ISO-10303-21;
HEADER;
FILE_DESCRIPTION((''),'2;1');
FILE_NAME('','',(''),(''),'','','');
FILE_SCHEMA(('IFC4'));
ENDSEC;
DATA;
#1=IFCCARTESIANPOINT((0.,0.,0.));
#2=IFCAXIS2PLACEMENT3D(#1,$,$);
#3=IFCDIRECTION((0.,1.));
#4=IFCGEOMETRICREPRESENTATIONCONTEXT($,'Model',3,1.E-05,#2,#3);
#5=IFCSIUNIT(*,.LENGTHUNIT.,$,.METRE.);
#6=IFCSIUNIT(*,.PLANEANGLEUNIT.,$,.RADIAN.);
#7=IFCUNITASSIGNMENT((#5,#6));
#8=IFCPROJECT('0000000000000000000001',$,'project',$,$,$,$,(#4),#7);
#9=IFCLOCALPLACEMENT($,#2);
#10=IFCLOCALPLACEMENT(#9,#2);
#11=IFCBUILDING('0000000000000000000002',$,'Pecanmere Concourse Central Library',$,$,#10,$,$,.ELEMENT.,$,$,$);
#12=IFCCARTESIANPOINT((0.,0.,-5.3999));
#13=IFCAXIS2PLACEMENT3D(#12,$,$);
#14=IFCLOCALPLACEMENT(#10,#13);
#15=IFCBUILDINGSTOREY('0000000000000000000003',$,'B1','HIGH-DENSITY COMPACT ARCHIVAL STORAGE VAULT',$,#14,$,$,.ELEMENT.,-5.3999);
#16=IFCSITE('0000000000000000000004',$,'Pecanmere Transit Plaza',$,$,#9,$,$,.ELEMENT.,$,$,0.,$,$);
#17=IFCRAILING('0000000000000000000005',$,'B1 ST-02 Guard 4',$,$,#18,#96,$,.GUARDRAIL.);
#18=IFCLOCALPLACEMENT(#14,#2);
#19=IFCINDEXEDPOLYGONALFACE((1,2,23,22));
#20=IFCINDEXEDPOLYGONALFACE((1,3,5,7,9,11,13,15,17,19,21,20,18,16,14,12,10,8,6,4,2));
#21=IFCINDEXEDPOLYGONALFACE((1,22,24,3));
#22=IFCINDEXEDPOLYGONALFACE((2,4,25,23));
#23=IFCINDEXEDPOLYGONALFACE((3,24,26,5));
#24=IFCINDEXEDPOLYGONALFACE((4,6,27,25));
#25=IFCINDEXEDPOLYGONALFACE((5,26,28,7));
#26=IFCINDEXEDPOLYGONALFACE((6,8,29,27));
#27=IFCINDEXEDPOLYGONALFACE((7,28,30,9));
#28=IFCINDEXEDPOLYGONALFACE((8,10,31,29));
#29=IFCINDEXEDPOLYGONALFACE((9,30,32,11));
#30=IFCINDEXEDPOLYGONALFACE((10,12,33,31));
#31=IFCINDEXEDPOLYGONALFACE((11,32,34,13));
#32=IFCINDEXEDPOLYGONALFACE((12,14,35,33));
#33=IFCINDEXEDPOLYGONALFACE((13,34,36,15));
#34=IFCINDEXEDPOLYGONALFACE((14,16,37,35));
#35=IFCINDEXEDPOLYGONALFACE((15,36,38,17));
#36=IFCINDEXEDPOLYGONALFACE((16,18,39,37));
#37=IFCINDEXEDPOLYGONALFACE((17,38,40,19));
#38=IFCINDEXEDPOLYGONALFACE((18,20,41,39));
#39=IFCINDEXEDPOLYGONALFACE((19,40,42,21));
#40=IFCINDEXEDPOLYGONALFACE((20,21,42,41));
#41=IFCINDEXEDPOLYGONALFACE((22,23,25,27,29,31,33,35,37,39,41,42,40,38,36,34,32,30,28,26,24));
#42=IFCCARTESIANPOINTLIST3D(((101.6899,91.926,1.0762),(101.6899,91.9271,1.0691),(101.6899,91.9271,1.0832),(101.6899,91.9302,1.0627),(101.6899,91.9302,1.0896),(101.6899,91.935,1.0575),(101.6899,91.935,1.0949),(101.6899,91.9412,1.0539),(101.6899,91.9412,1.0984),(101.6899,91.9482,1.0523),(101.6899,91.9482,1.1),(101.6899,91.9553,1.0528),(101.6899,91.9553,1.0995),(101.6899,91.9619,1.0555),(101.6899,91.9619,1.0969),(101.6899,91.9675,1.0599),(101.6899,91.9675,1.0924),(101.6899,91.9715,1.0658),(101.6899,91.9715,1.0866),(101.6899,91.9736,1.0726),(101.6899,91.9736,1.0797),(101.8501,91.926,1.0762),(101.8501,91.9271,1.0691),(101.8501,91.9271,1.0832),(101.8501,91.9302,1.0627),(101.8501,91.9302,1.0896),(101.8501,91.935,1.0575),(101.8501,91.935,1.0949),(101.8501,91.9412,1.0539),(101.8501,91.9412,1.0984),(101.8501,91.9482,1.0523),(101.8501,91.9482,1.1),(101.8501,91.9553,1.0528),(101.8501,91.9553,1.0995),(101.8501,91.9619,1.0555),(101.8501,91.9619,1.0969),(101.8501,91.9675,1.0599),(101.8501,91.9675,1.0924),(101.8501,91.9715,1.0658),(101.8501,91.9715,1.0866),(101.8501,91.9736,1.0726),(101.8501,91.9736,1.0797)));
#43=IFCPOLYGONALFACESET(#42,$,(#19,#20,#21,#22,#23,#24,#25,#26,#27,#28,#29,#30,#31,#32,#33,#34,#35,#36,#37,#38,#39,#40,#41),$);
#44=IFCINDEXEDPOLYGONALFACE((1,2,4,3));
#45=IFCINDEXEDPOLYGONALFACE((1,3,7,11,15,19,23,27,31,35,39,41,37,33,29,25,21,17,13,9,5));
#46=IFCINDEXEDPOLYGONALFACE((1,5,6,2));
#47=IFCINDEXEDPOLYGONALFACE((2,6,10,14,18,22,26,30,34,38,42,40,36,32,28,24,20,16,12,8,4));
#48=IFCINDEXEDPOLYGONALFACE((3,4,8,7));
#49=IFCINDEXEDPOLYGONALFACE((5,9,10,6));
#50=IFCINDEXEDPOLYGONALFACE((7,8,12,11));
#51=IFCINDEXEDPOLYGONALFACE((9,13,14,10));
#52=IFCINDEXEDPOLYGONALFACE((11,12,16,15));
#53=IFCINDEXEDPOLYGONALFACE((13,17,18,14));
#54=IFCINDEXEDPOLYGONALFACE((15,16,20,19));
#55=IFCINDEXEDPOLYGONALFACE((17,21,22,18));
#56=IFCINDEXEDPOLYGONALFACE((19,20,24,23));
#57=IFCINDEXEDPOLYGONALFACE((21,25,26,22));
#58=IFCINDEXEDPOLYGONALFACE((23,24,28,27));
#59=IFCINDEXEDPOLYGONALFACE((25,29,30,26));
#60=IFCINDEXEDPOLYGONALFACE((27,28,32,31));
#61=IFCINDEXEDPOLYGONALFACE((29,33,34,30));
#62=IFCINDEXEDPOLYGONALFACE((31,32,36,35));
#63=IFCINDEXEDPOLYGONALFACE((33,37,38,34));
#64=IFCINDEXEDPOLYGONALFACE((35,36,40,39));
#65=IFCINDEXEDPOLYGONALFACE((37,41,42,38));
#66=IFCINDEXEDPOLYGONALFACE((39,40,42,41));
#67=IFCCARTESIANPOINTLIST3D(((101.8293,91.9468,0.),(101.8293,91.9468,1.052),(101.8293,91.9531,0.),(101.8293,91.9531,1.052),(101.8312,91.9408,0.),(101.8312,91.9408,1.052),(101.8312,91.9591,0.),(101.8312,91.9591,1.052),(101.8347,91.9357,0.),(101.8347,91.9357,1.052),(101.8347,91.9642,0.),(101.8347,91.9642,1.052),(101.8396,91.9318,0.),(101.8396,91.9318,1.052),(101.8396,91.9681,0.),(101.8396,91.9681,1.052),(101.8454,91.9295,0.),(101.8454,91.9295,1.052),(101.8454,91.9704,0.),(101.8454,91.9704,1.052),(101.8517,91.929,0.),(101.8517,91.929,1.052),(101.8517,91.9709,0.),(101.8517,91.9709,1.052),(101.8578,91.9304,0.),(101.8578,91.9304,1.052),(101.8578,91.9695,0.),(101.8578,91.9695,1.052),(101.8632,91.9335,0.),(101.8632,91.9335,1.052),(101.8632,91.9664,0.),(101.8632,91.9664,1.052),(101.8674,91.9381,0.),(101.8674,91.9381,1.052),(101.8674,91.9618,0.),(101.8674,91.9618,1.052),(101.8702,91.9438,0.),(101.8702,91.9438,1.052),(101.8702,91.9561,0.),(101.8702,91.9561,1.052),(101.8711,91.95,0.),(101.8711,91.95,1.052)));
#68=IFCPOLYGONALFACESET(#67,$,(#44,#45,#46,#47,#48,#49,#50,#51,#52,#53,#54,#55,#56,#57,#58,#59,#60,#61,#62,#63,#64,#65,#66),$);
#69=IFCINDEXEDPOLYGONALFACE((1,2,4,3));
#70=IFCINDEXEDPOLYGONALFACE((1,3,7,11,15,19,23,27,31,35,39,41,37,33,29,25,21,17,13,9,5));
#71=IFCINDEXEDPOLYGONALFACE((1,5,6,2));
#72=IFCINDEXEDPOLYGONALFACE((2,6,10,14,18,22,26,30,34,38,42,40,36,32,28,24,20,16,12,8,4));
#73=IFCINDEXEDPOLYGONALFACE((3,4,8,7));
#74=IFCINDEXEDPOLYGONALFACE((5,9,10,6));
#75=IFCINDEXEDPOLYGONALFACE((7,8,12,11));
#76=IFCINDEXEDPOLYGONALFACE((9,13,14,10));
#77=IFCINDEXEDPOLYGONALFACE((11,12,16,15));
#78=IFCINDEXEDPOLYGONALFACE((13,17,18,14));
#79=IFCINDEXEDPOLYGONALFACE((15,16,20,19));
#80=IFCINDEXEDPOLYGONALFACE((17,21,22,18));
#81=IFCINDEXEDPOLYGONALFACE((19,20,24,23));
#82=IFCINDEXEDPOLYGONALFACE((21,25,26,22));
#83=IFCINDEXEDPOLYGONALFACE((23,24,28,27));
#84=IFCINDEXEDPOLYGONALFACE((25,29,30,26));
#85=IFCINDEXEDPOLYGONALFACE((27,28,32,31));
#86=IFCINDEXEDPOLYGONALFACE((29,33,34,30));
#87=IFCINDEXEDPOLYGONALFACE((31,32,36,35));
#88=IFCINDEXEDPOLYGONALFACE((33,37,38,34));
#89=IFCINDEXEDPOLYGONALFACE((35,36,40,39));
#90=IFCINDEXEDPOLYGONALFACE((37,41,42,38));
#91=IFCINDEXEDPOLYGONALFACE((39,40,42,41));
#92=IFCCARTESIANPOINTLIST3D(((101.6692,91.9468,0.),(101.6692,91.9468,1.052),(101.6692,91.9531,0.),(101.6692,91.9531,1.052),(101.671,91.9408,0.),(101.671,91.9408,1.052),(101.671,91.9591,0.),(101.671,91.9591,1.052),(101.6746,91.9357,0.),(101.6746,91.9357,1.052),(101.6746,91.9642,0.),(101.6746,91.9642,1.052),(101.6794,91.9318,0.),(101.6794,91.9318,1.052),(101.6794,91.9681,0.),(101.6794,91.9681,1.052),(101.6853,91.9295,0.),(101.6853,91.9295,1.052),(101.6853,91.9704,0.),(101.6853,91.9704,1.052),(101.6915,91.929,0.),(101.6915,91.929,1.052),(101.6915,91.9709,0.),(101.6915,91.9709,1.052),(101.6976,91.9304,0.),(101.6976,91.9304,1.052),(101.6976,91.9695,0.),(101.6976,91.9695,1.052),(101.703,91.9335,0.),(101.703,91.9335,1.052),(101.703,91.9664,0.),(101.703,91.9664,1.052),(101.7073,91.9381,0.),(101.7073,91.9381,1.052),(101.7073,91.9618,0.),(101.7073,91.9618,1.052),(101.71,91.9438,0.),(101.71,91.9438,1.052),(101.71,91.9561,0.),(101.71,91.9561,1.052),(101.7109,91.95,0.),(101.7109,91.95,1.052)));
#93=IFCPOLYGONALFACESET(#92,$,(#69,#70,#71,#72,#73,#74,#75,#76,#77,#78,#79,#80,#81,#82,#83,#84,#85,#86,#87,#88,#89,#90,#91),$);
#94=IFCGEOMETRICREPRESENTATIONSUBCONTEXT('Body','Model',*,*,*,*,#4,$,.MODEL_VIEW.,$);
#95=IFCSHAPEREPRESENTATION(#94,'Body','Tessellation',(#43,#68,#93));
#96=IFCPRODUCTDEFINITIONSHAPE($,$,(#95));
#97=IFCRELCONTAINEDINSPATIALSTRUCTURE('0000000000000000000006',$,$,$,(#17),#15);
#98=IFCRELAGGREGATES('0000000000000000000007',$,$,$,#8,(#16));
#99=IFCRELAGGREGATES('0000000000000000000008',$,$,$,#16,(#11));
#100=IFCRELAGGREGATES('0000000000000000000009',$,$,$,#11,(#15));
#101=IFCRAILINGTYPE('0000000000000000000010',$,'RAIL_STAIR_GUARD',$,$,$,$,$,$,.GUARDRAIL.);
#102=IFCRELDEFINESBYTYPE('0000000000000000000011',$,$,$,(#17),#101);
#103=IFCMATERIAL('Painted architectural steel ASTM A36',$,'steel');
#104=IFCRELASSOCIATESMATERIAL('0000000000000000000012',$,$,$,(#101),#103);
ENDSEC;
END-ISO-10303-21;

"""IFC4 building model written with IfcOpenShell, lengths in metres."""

from ifc_helpers import new_model, si_unit, direction, frame, origin, origin_2d, place, context, subcontext, project, spatial, circle, extrude, material, type_object, element, save


model = new_model("IFC4")

# Units and contexts
model_context = context("Model", 3, precision=1e-05, world=origin(), true_north=direction((0.0, 1.0)))
body_context = subcontext(model_context, "Body", "Model", "MODEL_VIEW")
ifc_project = project(units=[si_unit("LENGTHUNIT", "METRE"), si_unit("PLANEANGLEUNIT", "RADIAN")], contexts=[model_context])

# Site, building, storey
site_placement = place(None, origin())
site = spatial("IfcSite", under=ifc_project, at=site_placement, Name="Pecanmere Transit Plaza", CompositionType="ELEMENT", RefElevation=0.0)
building_placement = place(site_placement, origin())
building = spatial("IfcBuilding", under=site, at=building_placement, Name="Pecanmere Concourse Central Library", CompositionType="ELEMENT")
storey_placement = place(building_placement, frame((0.0, 0.0, -5.3999)))
storey = spatial("IfcBuildingStorey", under=building, at=storey_placement, Name="B1", Description="HIGH-DENSITY COMPACT ARCHIVAL STORAGE VAULT", CompositionType="ELEMENT", Elevation=-5.3999)

# Railing
ifc_material_1 = material(Name="Painted architectural steel ASTM A36", Category="steel")
railing_type_1 = type_object("IfcRailingType", Name="RAIL_STAIR_GUARD", PredefinedType="GUARDRAIL", material=ifc_material_1)
railing_1_placement = place(storey_placement, frame((101.8501, 91.95, 0.0)))
element("IfcRailing", 1, at=railing_1_placement, inside=storey, type_object=railing_type_1, Name="B1 ST-02 Guard 4", PredefinedType="GUARDRAIL", context=body_context, shape_type="SweptSolid", body=[
    extrude(circle(Radius=0.0239, at=origin_2d()), frame((0.0, 0.0, 1.0762), z_axis=(-1.0, 0.0, 0.0), x_axis=(0.0, -1.0, 0.0)), (0.0, 0.0, 1.0), 0.1602),
    extrude(circle(Radius=0.021, at=origin_2d()), origin(), (0.0, 0.0, 1.0), 1.052),
    extrude(circle(Radius=0.021, at=origin_2d()), frame((-0.1602, 0.0, 0.0)), (0.0, 0.0, 1.0), 1.052),
])

save(model, "model.ifc")
